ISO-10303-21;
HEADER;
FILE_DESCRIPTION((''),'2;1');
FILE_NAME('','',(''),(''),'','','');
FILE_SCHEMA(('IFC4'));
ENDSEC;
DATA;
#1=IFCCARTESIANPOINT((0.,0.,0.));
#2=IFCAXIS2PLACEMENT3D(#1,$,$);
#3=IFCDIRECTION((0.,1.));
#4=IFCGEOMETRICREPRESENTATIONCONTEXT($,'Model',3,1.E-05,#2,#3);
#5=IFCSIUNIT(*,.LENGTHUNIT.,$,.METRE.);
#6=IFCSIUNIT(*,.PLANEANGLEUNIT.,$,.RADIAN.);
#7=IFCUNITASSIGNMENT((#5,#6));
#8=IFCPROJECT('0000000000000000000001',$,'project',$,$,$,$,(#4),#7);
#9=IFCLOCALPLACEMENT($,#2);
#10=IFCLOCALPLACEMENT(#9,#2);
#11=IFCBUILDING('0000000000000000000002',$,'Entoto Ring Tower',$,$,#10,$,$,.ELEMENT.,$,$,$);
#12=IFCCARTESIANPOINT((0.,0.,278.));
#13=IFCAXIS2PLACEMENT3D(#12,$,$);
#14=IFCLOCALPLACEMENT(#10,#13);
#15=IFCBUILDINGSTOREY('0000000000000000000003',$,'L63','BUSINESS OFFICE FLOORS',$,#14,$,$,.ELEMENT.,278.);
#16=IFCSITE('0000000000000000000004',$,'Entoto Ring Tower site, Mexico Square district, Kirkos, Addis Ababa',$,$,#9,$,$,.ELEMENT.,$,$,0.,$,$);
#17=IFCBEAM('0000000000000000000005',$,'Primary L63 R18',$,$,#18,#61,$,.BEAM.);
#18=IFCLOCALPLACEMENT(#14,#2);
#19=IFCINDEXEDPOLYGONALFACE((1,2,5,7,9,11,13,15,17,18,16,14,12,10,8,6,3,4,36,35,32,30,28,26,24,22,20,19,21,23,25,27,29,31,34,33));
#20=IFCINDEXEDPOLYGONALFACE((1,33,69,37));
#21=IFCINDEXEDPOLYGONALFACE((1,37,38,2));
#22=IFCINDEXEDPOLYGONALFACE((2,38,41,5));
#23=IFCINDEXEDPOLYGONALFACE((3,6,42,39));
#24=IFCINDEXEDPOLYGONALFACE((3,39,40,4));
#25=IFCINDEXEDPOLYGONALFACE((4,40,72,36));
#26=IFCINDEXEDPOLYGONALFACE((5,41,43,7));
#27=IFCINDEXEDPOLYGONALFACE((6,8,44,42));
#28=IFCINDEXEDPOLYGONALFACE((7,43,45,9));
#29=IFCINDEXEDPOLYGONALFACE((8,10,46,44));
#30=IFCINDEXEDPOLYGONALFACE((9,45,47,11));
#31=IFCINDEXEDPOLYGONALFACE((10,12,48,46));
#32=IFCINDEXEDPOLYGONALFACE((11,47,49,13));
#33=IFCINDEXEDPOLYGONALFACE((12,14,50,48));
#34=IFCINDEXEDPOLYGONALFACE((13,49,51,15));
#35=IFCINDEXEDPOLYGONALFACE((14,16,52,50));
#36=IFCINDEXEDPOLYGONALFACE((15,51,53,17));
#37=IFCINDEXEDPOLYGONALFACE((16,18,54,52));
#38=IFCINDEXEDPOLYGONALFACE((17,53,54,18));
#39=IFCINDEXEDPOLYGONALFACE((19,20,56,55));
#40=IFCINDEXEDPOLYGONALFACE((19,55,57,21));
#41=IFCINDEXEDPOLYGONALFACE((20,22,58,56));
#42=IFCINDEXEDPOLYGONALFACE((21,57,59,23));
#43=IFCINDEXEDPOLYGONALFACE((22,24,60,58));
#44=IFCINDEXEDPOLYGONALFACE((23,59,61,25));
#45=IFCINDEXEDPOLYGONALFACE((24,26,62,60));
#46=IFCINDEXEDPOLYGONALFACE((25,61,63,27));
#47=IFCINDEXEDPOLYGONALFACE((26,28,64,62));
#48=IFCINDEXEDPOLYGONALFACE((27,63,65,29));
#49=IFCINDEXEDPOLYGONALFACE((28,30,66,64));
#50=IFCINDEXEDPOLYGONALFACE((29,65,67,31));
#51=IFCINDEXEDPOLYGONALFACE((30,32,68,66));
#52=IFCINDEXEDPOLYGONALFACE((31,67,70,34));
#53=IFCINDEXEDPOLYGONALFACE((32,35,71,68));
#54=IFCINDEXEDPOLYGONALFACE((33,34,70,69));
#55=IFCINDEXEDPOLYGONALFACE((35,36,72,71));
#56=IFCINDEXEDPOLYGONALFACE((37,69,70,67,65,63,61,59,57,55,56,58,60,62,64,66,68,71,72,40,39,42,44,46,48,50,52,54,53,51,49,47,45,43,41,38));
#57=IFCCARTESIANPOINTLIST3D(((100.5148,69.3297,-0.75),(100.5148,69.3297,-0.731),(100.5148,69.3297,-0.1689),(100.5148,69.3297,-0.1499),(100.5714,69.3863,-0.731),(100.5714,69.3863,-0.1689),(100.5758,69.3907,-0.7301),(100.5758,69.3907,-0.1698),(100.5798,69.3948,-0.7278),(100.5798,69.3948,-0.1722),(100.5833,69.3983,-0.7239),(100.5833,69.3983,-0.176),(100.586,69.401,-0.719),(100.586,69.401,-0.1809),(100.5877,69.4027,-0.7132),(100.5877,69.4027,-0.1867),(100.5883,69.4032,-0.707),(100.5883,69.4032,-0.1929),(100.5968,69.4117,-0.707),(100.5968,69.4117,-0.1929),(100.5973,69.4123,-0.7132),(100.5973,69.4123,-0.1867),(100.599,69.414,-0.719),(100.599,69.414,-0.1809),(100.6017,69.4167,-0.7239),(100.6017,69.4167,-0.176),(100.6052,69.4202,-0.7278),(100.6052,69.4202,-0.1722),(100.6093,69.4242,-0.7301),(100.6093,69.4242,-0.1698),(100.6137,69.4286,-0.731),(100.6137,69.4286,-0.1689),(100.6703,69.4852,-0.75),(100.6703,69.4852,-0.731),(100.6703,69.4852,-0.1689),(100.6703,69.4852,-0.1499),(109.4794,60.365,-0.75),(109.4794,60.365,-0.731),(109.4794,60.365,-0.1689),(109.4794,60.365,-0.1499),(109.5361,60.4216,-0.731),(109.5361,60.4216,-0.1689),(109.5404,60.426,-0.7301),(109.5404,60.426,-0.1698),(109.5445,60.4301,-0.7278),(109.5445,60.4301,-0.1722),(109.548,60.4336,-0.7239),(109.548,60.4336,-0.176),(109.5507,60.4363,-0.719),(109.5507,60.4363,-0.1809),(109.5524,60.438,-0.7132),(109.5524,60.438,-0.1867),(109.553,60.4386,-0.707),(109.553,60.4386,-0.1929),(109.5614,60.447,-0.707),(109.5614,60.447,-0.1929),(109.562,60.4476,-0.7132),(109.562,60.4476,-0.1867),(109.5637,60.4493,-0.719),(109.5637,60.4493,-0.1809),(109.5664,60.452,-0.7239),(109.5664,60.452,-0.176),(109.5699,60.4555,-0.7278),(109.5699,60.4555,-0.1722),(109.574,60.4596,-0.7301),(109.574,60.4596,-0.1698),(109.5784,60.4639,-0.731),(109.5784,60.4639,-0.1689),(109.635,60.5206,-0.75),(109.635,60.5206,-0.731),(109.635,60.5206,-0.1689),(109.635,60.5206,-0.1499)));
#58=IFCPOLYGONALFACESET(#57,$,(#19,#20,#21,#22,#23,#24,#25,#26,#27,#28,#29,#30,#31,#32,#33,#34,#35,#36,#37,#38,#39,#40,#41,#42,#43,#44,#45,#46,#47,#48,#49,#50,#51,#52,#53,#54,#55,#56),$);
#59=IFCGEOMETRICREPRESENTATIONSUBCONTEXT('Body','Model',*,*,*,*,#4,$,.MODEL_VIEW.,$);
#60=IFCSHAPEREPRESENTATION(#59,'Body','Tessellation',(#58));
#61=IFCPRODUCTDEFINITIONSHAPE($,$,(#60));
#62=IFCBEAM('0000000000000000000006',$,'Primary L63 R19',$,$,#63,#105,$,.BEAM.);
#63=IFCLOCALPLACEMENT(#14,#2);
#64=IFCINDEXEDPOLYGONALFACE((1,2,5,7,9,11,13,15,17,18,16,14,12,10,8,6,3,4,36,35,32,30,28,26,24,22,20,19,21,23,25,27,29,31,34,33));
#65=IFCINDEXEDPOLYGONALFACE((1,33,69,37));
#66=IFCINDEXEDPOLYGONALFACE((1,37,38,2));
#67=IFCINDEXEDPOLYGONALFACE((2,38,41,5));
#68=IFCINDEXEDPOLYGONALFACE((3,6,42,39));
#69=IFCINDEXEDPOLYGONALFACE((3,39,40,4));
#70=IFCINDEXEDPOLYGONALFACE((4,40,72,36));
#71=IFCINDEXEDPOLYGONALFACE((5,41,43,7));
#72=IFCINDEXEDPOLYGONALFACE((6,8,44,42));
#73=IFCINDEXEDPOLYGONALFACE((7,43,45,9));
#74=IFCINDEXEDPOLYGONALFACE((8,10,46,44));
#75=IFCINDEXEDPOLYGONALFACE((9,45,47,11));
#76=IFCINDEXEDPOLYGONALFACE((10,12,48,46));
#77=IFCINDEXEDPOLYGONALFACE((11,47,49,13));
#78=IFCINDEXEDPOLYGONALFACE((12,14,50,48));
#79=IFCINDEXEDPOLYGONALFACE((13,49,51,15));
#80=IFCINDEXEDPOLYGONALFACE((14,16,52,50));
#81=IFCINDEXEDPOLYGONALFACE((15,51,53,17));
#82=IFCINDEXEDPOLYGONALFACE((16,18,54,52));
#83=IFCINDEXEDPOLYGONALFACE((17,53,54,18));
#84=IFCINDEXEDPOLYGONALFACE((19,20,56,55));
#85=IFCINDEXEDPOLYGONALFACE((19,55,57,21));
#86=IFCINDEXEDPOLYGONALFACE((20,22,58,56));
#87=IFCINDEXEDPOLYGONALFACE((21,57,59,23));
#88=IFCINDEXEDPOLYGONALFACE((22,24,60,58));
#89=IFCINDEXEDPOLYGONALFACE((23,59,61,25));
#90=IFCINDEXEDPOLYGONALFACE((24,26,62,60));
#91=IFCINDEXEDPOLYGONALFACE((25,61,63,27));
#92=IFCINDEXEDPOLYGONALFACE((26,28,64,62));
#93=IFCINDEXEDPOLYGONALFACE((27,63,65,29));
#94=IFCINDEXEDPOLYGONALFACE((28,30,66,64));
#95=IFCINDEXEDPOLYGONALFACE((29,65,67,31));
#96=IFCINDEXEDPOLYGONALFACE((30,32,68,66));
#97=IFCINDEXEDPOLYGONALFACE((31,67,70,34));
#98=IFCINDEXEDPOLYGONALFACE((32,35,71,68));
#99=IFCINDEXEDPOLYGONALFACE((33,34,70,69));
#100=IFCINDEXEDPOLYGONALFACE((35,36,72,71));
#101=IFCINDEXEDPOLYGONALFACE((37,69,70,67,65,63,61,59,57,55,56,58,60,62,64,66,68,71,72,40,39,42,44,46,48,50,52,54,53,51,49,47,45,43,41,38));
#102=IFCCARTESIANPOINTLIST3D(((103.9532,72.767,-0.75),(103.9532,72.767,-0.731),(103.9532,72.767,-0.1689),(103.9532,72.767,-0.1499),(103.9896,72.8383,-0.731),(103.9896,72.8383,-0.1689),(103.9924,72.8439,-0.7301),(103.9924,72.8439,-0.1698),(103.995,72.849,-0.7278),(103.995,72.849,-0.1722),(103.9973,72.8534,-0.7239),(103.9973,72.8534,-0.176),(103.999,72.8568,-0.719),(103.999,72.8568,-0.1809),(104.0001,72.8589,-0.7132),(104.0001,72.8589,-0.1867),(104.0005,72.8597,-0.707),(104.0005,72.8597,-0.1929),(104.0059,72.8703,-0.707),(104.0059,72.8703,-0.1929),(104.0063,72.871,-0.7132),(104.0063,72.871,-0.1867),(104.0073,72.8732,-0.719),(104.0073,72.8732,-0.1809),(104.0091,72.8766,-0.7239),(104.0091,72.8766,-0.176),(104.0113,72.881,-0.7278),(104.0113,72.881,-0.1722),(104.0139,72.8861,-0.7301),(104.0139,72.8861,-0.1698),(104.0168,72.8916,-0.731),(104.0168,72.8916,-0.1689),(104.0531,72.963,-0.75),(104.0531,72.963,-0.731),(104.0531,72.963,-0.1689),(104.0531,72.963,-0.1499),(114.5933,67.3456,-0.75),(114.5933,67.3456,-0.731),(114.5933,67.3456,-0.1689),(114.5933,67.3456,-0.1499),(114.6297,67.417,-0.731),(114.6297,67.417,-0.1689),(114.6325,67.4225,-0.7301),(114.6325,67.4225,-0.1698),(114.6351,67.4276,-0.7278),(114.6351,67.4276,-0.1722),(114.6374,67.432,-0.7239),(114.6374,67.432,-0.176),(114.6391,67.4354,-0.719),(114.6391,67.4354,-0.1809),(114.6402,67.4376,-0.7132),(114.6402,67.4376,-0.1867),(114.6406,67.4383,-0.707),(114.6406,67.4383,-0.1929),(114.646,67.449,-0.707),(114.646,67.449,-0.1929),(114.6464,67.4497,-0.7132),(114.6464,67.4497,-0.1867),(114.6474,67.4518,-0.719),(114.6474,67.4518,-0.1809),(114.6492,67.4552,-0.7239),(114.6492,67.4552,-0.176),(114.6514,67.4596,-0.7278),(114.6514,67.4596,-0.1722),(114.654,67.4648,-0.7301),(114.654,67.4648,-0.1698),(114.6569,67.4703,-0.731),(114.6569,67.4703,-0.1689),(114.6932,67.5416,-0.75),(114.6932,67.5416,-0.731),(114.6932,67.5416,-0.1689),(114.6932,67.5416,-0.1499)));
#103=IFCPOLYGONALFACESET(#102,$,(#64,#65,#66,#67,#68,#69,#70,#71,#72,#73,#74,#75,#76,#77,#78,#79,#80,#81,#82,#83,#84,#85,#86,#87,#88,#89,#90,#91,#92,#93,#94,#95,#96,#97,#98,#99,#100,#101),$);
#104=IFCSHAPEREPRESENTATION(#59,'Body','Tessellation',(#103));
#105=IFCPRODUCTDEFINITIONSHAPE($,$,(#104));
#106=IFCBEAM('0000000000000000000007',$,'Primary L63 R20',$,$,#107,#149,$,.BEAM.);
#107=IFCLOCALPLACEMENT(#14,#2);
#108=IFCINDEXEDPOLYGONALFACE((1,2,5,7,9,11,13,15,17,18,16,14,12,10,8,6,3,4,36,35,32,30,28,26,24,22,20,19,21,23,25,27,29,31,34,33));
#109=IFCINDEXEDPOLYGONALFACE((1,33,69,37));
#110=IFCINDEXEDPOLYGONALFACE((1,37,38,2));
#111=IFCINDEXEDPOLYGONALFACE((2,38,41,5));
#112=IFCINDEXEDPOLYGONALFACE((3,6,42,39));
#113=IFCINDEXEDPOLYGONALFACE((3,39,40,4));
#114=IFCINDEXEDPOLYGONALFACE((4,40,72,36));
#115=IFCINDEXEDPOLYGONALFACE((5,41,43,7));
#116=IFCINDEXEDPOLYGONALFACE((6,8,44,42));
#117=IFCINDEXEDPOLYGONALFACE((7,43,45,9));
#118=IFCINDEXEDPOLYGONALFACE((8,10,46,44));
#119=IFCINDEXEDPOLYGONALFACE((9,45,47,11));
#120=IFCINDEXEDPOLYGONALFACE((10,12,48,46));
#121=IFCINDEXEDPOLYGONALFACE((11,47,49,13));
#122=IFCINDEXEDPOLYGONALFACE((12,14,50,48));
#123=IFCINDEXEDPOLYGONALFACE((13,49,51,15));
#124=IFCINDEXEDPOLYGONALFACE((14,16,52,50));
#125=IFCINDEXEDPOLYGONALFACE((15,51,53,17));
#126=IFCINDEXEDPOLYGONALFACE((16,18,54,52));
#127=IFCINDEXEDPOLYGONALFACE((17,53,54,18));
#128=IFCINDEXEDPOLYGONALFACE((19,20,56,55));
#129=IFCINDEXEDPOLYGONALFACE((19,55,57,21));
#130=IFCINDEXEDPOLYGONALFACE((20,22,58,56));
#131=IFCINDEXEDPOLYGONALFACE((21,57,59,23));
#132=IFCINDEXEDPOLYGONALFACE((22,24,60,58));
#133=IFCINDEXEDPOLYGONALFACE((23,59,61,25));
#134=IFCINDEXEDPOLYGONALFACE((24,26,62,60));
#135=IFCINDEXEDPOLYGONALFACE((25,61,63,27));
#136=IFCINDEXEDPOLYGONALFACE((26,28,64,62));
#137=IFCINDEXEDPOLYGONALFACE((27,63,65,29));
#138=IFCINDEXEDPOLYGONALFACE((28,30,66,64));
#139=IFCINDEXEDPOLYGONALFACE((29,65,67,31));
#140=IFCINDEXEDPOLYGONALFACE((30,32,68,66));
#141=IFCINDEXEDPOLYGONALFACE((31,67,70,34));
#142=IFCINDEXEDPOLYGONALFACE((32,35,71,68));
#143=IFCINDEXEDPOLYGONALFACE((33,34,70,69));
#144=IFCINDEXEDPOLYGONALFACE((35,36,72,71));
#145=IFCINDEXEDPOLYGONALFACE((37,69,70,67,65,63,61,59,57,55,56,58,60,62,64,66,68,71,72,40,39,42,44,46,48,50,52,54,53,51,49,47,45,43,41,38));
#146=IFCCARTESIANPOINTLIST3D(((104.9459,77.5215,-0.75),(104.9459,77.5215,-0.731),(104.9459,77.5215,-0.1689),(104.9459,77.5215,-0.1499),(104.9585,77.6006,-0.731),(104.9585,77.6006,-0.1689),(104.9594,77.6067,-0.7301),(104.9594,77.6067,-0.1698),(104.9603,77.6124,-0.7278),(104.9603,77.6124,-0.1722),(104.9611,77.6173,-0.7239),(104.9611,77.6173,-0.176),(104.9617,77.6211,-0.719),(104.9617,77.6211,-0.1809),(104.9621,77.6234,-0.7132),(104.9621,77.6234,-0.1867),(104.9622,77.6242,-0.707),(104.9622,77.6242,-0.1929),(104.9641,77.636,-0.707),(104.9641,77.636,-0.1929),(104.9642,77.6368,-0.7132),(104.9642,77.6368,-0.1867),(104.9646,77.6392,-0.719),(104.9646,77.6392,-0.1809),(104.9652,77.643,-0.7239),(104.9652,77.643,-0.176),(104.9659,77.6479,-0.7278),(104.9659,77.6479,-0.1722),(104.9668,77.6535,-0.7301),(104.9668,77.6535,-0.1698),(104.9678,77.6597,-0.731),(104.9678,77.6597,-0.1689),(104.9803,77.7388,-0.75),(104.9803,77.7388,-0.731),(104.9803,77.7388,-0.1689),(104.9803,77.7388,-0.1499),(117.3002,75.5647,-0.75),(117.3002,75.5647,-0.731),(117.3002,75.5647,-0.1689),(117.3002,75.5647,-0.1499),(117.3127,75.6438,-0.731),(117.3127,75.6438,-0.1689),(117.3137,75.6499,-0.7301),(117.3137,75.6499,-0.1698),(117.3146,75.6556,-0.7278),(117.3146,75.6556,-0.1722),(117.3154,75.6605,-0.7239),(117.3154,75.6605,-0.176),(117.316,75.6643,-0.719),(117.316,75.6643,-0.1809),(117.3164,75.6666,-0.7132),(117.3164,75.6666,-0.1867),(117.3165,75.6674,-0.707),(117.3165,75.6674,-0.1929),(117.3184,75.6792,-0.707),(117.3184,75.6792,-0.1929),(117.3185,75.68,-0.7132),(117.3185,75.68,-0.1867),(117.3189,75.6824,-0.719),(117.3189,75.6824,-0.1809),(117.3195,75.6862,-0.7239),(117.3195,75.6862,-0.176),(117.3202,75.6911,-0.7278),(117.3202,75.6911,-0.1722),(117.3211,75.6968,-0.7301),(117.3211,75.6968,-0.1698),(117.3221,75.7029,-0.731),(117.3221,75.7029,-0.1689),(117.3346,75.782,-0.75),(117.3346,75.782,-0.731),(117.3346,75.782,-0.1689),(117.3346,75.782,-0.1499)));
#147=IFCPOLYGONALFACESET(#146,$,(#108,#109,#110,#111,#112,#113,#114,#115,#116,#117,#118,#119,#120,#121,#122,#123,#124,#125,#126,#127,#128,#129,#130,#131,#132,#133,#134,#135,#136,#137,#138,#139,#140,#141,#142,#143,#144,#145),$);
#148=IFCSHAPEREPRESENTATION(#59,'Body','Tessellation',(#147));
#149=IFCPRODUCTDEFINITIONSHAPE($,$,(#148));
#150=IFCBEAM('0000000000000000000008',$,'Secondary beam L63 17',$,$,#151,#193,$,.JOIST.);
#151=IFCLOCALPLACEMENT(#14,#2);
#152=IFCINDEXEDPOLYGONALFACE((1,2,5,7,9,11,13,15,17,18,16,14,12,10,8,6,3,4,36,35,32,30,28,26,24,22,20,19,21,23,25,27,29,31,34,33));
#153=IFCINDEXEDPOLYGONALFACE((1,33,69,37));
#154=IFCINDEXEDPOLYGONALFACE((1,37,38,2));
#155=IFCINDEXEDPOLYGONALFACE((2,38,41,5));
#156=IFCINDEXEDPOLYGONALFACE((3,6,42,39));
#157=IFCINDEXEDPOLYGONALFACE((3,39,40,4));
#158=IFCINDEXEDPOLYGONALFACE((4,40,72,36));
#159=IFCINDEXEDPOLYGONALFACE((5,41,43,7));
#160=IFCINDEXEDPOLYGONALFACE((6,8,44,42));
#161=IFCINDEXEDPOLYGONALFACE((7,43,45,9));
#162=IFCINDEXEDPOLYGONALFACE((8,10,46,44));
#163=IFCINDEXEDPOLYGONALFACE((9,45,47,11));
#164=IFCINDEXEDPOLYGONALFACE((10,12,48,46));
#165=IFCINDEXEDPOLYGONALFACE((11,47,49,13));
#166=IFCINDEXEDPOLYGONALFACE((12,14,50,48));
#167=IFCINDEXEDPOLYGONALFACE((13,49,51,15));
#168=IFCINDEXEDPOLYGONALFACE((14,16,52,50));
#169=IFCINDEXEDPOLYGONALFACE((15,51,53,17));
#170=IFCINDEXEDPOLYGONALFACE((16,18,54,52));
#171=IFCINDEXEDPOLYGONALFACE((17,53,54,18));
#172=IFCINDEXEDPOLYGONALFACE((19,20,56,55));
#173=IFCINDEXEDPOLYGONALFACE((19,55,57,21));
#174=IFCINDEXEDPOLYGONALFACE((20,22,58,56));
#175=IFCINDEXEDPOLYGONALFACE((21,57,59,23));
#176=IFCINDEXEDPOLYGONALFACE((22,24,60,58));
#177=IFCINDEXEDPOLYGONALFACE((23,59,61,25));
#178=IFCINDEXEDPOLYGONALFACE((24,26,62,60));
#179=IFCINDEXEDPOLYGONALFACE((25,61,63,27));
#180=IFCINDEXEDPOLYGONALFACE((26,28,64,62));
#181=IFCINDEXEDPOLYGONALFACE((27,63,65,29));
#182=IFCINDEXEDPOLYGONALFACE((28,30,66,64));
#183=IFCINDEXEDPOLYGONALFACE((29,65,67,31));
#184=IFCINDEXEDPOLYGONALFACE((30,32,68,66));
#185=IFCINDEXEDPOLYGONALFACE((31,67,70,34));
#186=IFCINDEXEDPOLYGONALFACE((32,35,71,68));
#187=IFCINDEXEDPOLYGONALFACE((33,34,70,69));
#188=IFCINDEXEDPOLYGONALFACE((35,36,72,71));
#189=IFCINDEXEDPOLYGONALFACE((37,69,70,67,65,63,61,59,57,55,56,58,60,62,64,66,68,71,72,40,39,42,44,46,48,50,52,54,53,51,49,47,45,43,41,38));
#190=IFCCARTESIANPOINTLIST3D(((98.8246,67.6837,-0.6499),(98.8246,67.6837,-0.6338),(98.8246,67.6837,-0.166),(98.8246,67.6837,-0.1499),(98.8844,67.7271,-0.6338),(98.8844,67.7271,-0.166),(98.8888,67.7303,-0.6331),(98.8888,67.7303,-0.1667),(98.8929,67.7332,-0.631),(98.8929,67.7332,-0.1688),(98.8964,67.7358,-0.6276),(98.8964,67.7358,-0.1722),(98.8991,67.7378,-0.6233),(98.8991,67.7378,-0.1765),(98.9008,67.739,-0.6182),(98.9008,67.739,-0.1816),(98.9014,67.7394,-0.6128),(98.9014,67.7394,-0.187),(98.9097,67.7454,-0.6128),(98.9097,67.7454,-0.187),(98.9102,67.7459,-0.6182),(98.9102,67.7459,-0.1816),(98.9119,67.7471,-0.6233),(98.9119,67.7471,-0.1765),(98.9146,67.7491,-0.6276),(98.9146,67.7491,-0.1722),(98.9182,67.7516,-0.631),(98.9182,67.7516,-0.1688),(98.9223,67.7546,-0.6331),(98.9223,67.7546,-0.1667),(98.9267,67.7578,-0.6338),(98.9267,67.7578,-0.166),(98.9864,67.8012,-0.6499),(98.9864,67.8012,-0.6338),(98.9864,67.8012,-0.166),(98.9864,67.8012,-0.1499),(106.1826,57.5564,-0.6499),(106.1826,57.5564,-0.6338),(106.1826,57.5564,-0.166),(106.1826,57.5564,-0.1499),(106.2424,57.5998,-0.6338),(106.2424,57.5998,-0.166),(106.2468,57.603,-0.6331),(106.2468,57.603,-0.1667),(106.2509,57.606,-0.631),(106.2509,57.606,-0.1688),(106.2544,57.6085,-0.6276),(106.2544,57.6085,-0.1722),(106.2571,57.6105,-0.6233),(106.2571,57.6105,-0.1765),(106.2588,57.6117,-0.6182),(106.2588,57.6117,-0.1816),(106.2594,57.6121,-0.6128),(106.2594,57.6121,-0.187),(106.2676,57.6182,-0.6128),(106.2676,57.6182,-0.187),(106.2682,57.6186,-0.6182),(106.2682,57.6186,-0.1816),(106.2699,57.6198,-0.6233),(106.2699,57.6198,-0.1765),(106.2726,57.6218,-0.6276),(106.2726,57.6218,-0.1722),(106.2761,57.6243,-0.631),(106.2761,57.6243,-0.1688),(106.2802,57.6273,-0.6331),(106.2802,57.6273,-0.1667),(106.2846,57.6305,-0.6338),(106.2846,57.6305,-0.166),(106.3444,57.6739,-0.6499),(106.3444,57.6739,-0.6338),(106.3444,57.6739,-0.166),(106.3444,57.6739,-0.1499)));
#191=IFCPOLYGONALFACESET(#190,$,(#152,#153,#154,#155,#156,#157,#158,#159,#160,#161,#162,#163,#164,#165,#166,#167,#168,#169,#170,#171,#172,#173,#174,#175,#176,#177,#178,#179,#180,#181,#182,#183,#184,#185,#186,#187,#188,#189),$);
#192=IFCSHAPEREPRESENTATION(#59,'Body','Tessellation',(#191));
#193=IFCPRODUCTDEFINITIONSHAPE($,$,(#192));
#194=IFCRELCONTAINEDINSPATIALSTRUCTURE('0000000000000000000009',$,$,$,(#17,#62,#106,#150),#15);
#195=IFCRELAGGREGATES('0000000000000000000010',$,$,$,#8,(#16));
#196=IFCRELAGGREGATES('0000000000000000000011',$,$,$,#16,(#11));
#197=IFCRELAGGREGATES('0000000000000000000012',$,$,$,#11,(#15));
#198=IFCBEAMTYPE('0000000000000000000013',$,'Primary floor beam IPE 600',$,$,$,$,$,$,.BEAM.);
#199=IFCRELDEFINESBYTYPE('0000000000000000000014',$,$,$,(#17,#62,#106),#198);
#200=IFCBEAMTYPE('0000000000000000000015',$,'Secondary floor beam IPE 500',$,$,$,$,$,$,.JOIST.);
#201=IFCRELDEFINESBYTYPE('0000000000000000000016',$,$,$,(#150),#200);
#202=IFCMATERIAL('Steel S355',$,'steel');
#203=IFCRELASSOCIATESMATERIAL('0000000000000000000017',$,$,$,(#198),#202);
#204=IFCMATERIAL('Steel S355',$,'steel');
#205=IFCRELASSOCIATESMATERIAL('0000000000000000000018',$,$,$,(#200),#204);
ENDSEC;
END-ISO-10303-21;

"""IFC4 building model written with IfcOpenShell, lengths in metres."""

from ifc_helpers import new_model, si_unit, direction, frame, origin, origin_2d, place, context, subcontext, project, spatial, i_section, extrude, material, material_profile, profile_set, type_object, element, save


model = new_model("IFC4")

# Units and contexts
model_context = context("Model", 3, precision=1e-05, world=origin(), true_north=direction((0.0, 1.0)))
body_context = subcontext(model_context, "Body", "Model", "MODEL_VIEW")
ifc_project = project(units=[si_unit("LENGTHUNIT", "METRE"), si_unit("PLANEANGLEUNIT", "RADIAN")], contexts=[model_context])

# Site, building, storey
site_placement = place(None, origin())
site = spatial("IfcSite", under=ifc_project, at=site_placement, Name="Entoto Ring Tower site, Mexico Square district, Kirkos, Addis Ababa", CompositionType="ELEMENT", RefElevation=0.0)
building_placement = place(site_placement, origin())
building = spatial("IfcBuilding", under=site, at=building_placement, Name="Entoto Ring Tower", CompositionType="ELEMENT")
storey_placement = place(building_placement, frame((0.0, 0.0, 278.0)))
storey = spatial("IfcBuildingStorey", under=building, at=storey_placement, Name="L63", Description="BUSINESS OFFICE FLOORS", CompositionType="ELEMENT", Elevation=278.0)

# Beams
ifc_material_1 = material(Name="Steel S355", Category="steel")
ifc_material_profile_1 = material_profile(ifc_material_1, i_section(OverallWidth=0.22, OverallDepth=0.6001, WebThickness=0.012, FlangeThickness=0.019, FilletRadius=0.0239, at=origin_2d()), Name="IPE 600")
ifc_profile_set_1 = profile_set([ifc_material_profile_1], Name="Steel S355")
beam_type_1 = type_object("IfcBeamType", Name="Primary floor beam IPE 600", PredefinedType="BEAM", material=ifc_profile_set_1)
beam_1_placement = place(storey_placement, frame((100.5925, 69.4075, -0.45), z_axis=(0.707107, -0.707107, 0.0), x_axis=(0.707107, 0.707107, 0.0)))
element("IfcBeam", 1, at=beam_1_placement, inside=storey, type_object=beam_type_1, Name="Primary L63 R18", PredefinedType="BEAM", context=body_context, shape_type="SweptSolid", body=[
    extrude(i_section(OverallWidth=0.22, OverallDepth=0.6001, WebThickness=0.012, FlangeThickness=0.019, FilletRadius=0.0239, at=origin_2d()), origin(), (0.0, 0.0, 1.0), 12.678),
])
beam_2_placement = place(storey_placement, frame((104.0032, 72.865, -0.45), z_axis=(0.891008, -0.453988, 0.0), x_axis=(0.453988, 0.891008, 0.0)))
element("IfcBeam", 2, at=beam_2_placement, inside=storey, type_object=beam_type_1, Name="Primary L63 R19", PredefinedType="BEAM", context=body_context, shape_type="SweptSolid", body=[
    extrude(i_section(OverallWidth=0.22, OverallDepth=0.6001, WebThickness=0.012, FlangeThickness=0.019, FilletRadius=0.0239, at=origin_2d()), origin(), (0.0, 0.0, 1.0), 11.9417),
])
beam_3_placement = place(storey_placement, frame((104.9631, 77.6301, -0.45), z_axis=(0.987688, -0.15644, 0.0), x_axis=(0.15644, 0.987688, 0.0)))
element("IfcBeam", 3, at=beam_3_placement, inside=storey, type_object=beam_type_1, Name="Primary L63 R20", PredefinedType="BEAM", context=body_context, shape_type="SweptSolid", body=[
    extrude(i_section(OverallWidth=0.22, OverallDepth=0.6001, WebThickness=0.012, FlangeThickness=0.019, FilletRadius=0.0239, at=origin_2d()), origin(), (0.0, 0.0, 1.0), 12.5083),
])
ifc_material_2 = material(Name="Steel S355", Category="steel")
ifc_material_profile_2 = material_profile(ifc_material_2, i_section(OverallWidth=0.2, OverallDepth=0.5, WebThickness=0.0103, FlangeThickness=0.0161, FilletRadius=0.021, at=origin_2d()), Name="IPE 500")
ifc_profile_set_2 = profile_set([ifc_material_profile_2], Name="Steel S355")
beam_type_2 = type_object("IfcBeamType", Name="Secondary floor beam IPE 500", PredefinedType="JOIST", material=ifc_profile_set_2)
for number, where, z_axis, x_axis, name in (
    (4, (98.9055, 67.7424, -0.3999), (0.587789, -0.809014, 0.0), (0.809014, 0.587789, 0.0), "Secondary beam L63 17"),
):
    element("IfcBeam", number, at=place(storey_placement, frame(where, z_axis=z_axis, x_axis=x_axis)), inside=storey, type_object=beam_type_2, Name=name, PredefinedType="JOIST", context=body_context, shape_type="SweptSolid", body=[
        extrude(i_section(OverallWidth=0.2, OverallDepth=0.5, WebThickness=0.0103, FlangeThickness=0.0161, FilletRadius=0.021, at=origin_2d()), origin(), (0.0, 0.0, 1.0), 12.5181),
    ])

save(model, "model.ifc")
